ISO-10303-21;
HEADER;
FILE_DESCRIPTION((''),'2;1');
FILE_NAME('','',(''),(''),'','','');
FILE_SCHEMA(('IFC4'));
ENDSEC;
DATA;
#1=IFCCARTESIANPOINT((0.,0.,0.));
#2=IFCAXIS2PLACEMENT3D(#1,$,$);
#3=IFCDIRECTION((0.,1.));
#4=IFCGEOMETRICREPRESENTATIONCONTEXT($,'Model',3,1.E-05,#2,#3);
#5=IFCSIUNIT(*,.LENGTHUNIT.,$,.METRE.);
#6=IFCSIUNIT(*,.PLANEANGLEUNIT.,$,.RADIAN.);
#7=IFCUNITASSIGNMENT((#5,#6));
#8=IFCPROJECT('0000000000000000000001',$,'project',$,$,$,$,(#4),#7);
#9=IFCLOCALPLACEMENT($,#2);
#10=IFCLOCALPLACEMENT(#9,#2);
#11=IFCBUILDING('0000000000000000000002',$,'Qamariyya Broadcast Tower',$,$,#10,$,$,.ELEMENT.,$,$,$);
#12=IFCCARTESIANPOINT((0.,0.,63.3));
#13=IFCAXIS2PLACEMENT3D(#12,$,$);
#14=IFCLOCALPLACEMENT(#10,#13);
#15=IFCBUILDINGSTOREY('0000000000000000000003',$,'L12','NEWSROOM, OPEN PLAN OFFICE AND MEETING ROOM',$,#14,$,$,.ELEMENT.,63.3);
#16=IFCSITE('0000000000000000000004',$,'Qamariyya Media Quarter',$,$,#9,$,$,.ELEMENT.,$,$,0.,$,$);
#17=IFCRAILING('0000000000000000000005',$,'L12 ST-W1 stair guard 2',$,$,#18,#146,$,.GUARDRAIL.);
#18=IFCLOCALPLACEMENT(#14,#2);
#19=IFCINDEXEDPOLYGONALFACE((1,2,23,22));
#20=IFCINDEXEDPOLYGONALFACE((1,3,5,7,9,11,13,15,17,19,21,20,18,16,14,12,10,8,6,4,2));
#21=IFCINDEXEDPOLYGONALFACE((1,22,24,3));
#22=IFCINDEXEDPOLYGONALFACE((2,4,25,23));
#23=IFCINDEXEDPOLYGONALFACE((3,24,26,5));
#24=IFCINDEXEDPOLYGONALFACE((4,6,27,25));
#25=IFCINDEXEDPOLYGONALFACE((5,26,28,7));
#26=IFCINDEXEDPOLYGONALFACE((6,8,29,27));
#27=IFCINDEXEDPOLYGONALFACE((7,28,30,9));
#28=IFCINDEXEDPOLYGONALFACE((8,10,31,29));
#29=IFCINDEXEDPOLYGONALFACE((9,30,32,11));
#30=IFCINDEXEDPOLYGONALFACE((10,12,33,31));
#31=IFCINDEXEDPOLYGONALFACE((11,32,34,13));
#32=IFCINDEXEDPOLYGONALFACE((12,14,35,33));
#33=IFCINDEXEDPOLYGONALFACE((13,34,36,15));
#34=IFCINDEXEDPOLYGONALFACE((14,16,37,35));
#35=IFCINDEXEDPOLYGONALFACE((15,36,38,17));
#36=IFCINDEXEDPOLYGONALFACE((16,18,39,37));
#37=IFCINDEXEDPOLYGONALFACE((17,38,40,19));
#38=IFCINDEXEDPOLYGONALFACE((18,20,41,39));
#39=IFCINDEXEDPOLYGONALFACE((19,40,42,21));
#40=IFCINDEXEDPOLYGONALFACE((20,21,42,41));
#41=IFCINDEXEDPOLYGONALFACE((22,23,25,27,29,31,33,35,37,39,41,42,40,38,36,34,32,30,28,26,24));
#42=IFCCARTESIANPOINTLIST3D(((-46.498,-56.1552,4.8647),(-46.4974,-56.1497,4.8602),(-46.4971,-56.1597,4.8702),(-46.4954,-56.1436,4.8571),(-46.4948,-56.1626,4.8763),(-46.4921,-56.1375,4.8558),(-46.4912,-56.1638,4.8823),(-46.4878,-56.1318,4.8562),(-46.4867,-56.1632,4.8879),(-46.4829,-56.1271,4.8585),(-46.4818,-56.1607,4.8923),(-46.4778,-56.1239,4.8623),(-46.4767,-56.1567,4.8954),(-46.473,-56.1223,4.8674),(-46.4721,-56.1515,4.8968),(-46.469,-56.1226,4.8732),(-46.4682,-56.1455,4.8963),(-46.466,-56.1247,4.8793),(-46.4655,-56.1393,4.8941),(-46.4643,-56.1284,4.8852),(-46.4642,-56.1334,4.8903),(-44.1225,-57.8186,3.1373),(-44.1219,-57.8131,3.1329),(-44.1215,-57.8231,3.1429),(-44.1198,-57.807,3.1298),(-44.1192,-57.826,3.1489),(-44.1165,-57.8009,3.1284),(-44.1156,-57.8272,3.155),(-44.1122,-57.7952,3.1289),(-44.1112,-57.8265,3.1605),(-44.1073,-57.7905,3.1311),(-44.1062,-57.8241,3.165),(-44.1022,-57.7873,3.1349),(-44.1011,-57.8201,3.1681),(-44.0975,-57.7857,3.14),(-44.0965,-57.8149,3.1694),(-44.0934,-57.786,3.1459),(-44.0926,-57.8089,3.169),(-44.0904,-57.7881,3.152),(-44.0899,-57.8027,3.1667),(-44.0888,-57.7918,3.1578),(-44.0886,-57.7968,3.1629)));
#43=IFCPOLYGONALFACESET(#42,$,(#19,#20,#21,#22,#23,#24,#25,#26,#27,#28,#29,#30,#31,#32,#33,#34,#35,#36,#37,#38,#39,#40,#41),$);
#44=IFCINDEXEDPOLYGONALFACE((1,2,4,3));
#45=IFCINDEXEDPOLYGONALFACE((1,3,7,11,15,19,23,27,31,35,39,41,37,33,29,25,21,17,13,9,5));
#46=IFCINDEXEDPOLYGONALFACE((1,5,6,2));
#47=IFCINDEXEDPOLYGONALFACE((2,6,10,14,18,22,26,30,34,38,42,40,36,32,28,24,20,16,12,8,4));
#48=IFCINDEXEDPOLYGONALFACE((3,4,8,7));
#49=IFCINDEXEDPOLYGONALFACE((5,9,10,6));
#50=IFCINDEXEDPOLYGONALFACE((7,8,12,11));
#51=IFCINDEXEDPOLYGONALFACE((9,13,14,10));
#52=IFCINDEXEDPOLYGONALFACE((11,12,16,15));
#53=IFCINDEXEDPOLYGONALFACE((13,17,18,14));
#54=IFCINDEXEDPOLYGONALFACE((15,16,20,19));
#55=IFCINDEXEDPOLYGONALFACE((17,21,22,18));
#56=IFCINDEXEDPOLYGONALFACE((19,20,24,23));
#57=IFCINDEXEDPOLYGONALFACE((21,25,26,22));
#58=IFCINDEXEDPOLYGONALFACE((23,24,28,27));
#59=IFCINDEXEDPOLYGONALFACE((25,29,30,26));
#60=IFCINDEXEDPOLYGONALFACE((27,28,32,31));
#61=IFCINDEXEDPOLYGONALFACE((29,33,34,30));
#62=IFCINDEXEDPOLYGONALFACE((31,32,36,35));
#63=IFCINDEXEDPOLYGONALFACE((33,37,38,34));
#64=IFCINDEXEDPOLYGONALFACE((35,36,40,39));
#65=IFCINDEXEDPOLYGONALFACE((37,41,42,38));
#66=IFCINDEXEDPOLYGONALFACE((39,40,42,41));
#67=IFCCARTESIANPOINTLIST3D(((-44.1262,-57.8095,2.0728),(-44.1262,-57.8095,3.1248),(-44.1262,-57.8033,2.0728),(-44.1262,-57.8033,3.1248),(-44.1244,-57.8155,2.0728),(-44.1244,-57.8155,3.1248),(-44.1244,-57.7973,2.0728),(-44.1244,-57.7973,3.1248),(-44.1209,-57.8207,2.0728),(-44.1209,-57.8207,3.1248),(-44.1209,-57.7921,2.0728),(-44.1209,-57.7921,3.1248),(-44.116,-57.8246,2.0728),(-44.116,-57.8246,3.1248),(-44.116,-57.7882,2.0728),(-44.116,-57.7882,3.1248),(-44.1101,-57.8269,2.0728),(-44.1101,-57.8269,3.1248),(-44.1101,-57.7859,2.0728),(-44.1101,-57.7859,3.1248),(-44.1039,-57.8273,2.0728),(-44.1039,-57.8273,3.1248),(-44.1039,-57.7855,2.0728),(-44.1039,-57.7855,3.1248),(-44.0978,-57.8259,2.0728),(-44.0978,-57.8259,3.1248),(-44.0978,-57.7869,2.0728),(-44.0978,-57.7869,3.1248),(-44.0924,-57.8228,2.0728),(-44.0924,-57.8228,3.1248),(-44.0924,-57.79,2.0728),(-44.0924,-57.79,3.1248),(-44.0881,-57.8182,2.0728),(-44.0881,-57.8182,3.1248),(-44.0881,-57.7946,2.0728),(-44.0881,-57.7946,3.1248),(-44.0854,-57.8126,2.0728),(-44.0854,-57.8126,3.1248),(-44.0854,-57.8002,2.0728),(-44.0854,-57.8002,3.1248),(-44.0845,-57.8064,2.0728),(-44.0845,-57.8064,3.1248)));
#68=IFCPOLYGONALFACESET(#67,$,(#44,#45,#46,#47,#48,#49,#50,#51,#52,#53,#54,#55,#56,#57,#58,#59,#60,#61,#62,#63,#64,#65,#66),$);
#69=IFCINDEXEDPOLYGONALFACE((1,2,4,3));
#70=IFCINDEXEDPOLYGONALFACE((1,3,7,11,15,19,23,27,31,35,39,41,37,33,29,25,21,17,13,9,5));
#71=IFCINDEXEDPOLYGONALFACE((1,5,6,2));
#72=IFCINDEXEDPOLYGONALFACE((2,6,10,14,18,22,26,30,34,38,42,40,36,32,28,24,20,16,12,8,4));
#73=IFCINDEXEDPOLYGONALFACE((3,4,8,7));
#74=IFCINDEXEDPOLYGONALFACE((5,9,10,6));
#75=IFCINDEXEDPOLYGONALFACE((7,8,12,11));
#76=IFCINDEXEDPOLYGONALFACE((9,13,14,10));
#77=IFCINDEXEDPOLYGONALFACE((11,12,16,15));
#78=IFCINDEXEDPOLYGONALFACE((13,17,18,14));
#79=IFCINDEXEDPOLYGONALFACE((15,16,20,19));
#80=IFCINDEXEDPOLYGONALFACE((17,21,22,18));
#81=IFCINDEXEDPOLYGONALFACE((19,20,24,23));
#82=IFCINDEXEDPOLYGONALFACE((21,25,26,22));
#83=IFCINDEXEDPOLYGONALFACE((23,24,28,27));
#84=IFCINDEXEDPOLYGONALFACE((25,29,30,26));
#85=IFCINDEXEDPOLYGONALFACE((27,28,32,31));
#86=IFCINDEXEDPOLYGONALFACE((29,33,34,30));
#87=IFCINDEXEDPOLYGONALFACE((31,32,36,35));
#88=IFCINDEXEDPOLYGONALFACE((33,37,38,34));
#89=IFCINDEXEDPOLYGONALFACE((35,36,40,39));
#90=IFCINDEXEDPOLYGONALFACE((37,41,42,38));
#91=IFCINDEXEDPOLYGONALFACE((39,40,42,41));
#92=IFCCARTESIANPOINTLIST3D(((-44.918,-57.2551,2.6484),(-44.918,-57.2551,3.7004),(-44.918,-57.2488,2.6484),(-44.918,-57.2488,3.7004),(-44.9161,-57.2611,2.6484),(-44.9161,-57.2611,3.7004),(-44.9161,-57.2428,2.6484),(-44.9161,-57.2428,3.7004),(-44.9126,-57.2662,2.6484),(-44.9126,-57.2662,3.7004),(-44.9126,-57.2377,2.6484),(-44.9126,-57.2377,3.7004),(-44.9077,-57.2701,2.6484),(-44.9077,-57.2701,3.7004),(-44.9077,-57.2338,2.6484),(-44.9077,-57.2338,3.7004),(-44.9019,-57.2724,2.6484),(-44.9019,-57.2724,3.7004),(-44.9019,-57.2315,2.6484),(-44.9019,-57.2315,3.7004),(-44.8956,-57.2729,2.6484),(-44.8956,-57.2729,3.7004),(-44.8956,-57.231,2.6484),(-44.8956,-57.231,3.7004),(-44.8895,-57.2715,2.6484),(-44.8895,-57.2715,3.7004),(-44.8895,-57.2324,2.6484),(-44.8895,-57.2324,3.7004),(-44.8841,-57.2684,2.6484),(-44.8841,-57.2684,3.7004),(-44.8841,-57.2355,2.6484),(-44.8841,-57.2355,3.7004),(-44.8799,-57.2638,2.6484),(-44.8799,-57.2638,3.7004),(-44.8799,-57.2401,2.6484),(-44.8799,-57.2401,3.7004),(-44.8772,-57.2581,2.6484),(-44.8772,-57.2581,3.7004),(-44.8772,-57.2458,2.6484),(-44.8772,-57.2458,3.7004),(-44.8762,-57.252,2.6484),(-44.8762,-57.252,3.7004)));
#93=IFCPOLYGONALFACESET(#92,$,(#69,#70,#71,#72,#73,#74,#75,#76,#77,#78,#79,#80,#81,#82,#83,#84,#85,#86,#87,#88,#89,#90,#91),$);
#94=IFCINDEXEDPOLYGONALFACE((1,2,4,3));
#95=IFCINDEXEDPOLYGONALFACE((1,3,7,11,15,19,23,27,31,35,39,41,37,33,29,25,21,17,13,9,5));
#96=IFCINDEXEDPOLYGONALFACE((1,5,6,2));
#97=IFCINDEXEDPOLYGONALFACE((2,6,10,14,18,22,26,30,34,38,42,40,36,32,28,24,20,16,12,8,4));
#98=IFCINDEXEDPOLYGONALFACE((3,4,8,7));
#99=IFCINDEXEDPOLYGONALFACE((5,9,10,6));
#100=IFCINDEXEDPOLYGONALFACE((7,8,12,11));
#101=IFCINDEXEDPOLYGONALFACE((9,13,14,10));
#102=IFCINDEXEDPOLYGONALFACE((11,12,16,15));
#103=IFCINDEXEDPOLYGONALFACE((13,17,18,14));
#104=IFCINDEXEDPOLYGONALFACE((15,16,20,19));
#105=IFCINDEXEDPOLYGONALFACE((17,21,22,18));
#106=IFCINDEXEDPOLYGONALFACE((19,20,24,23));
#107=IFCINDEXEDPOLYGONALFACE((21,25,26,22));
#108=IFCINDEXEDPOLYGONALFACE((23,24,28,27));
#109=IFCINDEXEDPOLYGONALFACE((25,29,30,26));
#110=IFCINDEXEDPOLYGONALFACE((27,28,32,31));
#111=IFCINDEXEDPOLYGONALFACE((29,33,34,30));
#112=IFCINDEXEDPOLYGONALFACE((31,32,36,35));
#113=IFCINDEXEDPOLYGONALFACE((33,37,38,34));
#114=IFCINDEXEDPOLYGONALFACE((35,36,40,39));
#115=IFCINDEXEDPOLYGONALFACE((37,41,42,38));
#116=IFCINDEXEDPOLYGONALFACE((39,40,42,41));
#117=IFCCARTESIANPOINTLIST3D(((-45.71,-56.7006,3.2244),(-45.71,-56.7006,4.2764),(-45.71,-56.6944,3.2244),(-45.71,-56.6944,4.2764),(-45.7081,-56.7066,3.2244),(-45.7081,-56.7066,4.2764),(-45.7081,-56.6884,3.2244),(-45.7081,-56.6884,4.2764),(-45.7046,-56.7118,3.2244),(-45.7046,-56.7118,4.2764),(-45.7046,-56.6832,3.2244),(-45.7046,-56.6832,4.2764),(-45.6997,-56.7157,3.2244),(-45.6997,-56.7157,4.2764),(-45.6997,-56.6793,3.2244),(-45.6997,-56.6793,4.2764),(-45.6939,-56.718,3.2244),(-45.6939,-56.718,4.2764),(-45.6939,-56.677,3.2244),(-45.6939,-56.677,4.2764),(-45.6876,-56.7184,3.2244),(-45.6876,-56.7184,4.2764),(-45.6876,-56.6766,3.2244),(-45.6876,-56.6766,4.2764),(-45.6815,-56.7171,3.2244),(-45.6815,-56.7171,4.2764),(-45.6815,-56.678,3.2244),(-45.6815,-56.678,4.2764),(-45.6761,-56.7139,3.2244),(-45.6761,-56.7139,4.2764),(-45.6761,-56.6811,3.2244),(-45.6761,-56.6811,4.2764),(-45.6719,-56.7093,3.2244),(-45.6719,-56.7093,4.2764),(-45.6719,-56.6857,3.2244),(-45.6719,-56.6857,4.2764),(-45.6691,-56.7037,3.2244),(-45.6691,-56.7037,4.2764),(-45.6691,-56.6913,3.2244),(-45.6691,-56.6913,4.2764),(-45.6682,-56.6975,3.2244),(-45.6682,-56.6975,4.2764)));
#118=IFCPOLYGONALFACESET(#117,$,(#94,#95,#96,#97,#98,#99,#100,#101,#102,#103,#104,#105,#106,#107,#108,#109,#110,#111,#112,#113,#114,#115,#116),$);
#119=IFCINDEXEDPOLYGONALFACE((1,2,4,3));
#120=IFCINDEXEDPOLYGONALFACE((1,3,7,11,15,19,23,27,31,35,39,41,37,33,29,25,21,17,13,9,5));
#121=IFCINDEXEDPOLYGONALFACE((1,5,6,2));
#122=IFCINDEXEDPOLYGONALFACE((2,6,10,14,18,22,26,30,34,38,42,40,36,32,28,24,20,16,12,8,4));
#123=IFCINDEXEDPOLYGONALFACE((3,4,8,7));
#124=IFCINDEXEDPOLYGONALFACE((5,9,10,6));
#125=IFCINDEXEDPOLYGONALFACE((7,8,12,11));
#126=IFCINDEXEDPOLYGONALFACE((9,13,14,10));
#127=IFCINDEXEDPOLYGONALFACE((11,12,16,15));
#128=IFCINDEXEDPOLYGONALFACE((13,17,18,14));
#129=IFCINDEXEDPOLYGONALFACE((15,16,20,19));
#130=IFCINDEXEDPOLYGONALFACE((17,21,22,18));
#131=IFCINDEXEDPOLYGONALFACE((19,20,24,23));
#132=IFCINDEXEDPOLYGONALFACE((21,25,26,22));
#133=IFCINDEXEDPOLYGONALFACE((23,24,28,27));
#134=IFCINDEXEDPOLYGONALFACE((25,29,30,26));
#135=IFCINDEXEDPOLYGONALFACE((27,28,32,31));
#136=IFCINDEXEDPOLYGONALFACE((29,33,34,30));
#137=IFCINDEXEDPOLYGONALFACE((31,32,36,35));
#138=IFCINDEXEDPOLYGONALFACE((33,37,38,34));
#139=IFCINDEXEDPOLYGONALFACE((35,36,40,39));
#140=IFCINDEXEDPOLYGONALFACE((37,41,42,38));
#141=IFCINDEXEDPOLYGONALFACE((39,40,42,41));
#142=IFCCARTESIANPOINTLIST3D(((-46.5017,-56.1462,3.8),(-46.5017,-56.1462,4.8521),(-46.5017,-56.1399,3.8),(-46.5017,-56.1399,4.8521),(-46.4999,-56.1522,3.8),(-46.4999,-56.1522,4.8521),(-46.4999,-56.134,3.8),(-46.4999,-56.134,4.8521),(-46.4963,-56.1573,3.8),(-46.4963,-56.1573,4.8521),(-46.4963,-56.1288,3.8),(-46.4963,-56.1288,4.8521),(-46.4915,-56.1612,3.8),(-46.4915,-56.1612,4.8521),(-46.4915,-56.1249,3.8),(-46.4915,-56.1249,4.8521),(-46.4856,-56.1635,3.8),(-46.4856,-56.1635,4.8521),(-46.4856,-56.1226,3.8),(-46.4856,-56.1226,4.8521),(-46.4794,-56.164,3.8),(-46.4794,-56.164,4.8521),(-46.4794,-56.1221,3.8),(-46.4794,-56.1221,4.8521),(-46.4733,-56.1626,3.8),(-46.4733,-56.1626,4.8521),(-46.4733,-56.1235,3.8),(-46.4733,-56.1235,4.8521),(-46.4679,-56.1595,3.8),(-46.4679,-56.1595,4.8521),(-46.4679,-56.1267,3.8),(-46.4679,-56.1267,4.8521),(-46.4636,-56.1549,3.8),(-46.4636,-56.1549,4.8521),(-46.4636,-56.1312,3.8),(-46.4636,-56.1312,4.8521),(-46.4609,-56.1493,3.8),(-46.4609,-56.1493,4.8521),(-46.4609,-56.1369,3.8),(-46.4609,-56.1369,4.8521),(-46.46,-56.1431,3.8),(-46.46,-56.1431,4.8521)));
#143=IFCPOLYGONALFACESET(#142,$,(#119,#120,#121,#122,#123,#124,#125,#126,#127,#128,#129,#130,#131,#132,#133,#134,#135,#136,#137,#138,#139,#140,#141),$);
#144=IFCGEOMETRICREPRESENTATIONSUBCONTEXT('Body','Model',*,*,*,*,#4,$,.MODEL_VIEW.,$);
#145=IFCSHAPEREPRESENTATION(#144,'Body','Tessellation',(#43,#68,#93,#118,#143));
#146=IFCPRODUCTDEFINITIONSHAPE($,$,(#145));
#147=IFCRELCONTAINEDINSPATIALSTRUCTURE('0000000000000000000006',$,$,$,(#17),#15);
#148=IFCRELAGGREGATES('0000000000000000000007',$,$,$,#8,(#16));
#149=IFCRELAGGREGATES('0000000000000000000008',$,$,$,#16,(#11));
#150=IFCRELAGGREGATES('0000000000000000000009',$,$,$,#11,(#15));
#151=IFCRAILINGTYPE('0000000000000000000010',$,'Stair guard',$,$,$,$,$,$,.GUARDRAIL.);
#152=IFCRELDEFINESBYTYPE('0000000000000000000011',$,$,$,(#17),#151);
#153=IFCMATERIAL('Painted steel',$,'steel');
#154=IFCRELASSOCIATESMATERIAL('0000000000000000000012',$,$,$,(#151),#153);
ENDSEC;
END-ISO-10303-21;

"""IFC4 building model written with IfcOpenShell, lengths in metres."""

from ifc_helpers import new_model, si_unit, direction, frame, origin, origin_2d, place, context, subcontext, project, spatial, circle, extrude, material, type_object, element, save


model = new_model("IFC4")

# Units and contexts
model_context = context("Model", 3, precision=1e-05, world=origin(), true_north=direction((0.0, 1.0)))
body_context = subcontext(model_context, "Body", "Model", "MODEL_VIEW")
ifc_project = project(units=[si_unit("LENGTHUNIT", "METRE"), si_unit("PLANEANGLEUNIT", "RADIAN")], contexts=[model_context])

# Site, building, storey
site_placement = place(None, origin())
site = spatial("IfcSite", under=ifc_project, at=site_placement, Name="Qamariyya Media Quarter", CompositionType="ELEMENT", RefElevation=0.0)
building_placement = place(site_placement, origin())
building = spatial("IfcBuilding", under=site, at=building_placement, Name="Qamariyya Broadcast Tower", CompositionType="ELEMENT")
storey_placement = place(building_placement, frame((0.0, 0.0, 63.3)))
storey = spatial("IfcBuildingStorey", under=building, at=storey_placement, Name="L12", Description="NEWSROOM, OPEN PLAN OFFICE AND MEETING ROOM", CompositionType="ELEMENT", Elevation=63.3)

# Railing
ifc_material_1 = material(Name="Painted steel", Category="steel")
railing_type_1 = type_object("IfcRailingType", Name="Stair guard", PredefinedType="GUARDRAIL", material=ifc_material_1)
railing_1_placement = place(storey_placement, frame((-44.1055, -57.8064, 2.0728)))
element("IfcRailing", 1, at=railing_1_placement, inside=storey, type_object=railing_type_1, Name="L12 ST-W1 stair guard 2", PredefinedType="GUARDRAIL", context=body_context, shape_type="SweptSolid", body=[
    extrude(circle(Radius=0.0239, at=origin_2d()), frame((0.0, 0.0, 1.0762), z_axis=(-0.70377, 0.492784, 0.511734), x_axis=(-0.573575, -0.819153, 0.0)), (0.0, 0.0, 1.0), 3.3755),
    extrude(circle(Radius=0.021, at=origin_2d()), origin(), (0.0, 0.0, 1.0), 1.052),
    extrude(circle(Radius=0.021, at=origin_2d()), frame((-0.7917, 0.5544, 0.5757)), (0.0, 0.0, 1.0), 1.052),
    extrude(circle(Radius=0.021, at=origin_2d()), frame((-1.5837, 1.1089, 1.1516)), (0.0, 0.0, 1.0), 1.052),
    extrude(circle(Radius=0.021, at=origin_2d()), frame((-2.3755, 1.6633, 1.7273)), (0.0, 0.0, 1.0), 1.052),
])

save(model, "model.ifc")
